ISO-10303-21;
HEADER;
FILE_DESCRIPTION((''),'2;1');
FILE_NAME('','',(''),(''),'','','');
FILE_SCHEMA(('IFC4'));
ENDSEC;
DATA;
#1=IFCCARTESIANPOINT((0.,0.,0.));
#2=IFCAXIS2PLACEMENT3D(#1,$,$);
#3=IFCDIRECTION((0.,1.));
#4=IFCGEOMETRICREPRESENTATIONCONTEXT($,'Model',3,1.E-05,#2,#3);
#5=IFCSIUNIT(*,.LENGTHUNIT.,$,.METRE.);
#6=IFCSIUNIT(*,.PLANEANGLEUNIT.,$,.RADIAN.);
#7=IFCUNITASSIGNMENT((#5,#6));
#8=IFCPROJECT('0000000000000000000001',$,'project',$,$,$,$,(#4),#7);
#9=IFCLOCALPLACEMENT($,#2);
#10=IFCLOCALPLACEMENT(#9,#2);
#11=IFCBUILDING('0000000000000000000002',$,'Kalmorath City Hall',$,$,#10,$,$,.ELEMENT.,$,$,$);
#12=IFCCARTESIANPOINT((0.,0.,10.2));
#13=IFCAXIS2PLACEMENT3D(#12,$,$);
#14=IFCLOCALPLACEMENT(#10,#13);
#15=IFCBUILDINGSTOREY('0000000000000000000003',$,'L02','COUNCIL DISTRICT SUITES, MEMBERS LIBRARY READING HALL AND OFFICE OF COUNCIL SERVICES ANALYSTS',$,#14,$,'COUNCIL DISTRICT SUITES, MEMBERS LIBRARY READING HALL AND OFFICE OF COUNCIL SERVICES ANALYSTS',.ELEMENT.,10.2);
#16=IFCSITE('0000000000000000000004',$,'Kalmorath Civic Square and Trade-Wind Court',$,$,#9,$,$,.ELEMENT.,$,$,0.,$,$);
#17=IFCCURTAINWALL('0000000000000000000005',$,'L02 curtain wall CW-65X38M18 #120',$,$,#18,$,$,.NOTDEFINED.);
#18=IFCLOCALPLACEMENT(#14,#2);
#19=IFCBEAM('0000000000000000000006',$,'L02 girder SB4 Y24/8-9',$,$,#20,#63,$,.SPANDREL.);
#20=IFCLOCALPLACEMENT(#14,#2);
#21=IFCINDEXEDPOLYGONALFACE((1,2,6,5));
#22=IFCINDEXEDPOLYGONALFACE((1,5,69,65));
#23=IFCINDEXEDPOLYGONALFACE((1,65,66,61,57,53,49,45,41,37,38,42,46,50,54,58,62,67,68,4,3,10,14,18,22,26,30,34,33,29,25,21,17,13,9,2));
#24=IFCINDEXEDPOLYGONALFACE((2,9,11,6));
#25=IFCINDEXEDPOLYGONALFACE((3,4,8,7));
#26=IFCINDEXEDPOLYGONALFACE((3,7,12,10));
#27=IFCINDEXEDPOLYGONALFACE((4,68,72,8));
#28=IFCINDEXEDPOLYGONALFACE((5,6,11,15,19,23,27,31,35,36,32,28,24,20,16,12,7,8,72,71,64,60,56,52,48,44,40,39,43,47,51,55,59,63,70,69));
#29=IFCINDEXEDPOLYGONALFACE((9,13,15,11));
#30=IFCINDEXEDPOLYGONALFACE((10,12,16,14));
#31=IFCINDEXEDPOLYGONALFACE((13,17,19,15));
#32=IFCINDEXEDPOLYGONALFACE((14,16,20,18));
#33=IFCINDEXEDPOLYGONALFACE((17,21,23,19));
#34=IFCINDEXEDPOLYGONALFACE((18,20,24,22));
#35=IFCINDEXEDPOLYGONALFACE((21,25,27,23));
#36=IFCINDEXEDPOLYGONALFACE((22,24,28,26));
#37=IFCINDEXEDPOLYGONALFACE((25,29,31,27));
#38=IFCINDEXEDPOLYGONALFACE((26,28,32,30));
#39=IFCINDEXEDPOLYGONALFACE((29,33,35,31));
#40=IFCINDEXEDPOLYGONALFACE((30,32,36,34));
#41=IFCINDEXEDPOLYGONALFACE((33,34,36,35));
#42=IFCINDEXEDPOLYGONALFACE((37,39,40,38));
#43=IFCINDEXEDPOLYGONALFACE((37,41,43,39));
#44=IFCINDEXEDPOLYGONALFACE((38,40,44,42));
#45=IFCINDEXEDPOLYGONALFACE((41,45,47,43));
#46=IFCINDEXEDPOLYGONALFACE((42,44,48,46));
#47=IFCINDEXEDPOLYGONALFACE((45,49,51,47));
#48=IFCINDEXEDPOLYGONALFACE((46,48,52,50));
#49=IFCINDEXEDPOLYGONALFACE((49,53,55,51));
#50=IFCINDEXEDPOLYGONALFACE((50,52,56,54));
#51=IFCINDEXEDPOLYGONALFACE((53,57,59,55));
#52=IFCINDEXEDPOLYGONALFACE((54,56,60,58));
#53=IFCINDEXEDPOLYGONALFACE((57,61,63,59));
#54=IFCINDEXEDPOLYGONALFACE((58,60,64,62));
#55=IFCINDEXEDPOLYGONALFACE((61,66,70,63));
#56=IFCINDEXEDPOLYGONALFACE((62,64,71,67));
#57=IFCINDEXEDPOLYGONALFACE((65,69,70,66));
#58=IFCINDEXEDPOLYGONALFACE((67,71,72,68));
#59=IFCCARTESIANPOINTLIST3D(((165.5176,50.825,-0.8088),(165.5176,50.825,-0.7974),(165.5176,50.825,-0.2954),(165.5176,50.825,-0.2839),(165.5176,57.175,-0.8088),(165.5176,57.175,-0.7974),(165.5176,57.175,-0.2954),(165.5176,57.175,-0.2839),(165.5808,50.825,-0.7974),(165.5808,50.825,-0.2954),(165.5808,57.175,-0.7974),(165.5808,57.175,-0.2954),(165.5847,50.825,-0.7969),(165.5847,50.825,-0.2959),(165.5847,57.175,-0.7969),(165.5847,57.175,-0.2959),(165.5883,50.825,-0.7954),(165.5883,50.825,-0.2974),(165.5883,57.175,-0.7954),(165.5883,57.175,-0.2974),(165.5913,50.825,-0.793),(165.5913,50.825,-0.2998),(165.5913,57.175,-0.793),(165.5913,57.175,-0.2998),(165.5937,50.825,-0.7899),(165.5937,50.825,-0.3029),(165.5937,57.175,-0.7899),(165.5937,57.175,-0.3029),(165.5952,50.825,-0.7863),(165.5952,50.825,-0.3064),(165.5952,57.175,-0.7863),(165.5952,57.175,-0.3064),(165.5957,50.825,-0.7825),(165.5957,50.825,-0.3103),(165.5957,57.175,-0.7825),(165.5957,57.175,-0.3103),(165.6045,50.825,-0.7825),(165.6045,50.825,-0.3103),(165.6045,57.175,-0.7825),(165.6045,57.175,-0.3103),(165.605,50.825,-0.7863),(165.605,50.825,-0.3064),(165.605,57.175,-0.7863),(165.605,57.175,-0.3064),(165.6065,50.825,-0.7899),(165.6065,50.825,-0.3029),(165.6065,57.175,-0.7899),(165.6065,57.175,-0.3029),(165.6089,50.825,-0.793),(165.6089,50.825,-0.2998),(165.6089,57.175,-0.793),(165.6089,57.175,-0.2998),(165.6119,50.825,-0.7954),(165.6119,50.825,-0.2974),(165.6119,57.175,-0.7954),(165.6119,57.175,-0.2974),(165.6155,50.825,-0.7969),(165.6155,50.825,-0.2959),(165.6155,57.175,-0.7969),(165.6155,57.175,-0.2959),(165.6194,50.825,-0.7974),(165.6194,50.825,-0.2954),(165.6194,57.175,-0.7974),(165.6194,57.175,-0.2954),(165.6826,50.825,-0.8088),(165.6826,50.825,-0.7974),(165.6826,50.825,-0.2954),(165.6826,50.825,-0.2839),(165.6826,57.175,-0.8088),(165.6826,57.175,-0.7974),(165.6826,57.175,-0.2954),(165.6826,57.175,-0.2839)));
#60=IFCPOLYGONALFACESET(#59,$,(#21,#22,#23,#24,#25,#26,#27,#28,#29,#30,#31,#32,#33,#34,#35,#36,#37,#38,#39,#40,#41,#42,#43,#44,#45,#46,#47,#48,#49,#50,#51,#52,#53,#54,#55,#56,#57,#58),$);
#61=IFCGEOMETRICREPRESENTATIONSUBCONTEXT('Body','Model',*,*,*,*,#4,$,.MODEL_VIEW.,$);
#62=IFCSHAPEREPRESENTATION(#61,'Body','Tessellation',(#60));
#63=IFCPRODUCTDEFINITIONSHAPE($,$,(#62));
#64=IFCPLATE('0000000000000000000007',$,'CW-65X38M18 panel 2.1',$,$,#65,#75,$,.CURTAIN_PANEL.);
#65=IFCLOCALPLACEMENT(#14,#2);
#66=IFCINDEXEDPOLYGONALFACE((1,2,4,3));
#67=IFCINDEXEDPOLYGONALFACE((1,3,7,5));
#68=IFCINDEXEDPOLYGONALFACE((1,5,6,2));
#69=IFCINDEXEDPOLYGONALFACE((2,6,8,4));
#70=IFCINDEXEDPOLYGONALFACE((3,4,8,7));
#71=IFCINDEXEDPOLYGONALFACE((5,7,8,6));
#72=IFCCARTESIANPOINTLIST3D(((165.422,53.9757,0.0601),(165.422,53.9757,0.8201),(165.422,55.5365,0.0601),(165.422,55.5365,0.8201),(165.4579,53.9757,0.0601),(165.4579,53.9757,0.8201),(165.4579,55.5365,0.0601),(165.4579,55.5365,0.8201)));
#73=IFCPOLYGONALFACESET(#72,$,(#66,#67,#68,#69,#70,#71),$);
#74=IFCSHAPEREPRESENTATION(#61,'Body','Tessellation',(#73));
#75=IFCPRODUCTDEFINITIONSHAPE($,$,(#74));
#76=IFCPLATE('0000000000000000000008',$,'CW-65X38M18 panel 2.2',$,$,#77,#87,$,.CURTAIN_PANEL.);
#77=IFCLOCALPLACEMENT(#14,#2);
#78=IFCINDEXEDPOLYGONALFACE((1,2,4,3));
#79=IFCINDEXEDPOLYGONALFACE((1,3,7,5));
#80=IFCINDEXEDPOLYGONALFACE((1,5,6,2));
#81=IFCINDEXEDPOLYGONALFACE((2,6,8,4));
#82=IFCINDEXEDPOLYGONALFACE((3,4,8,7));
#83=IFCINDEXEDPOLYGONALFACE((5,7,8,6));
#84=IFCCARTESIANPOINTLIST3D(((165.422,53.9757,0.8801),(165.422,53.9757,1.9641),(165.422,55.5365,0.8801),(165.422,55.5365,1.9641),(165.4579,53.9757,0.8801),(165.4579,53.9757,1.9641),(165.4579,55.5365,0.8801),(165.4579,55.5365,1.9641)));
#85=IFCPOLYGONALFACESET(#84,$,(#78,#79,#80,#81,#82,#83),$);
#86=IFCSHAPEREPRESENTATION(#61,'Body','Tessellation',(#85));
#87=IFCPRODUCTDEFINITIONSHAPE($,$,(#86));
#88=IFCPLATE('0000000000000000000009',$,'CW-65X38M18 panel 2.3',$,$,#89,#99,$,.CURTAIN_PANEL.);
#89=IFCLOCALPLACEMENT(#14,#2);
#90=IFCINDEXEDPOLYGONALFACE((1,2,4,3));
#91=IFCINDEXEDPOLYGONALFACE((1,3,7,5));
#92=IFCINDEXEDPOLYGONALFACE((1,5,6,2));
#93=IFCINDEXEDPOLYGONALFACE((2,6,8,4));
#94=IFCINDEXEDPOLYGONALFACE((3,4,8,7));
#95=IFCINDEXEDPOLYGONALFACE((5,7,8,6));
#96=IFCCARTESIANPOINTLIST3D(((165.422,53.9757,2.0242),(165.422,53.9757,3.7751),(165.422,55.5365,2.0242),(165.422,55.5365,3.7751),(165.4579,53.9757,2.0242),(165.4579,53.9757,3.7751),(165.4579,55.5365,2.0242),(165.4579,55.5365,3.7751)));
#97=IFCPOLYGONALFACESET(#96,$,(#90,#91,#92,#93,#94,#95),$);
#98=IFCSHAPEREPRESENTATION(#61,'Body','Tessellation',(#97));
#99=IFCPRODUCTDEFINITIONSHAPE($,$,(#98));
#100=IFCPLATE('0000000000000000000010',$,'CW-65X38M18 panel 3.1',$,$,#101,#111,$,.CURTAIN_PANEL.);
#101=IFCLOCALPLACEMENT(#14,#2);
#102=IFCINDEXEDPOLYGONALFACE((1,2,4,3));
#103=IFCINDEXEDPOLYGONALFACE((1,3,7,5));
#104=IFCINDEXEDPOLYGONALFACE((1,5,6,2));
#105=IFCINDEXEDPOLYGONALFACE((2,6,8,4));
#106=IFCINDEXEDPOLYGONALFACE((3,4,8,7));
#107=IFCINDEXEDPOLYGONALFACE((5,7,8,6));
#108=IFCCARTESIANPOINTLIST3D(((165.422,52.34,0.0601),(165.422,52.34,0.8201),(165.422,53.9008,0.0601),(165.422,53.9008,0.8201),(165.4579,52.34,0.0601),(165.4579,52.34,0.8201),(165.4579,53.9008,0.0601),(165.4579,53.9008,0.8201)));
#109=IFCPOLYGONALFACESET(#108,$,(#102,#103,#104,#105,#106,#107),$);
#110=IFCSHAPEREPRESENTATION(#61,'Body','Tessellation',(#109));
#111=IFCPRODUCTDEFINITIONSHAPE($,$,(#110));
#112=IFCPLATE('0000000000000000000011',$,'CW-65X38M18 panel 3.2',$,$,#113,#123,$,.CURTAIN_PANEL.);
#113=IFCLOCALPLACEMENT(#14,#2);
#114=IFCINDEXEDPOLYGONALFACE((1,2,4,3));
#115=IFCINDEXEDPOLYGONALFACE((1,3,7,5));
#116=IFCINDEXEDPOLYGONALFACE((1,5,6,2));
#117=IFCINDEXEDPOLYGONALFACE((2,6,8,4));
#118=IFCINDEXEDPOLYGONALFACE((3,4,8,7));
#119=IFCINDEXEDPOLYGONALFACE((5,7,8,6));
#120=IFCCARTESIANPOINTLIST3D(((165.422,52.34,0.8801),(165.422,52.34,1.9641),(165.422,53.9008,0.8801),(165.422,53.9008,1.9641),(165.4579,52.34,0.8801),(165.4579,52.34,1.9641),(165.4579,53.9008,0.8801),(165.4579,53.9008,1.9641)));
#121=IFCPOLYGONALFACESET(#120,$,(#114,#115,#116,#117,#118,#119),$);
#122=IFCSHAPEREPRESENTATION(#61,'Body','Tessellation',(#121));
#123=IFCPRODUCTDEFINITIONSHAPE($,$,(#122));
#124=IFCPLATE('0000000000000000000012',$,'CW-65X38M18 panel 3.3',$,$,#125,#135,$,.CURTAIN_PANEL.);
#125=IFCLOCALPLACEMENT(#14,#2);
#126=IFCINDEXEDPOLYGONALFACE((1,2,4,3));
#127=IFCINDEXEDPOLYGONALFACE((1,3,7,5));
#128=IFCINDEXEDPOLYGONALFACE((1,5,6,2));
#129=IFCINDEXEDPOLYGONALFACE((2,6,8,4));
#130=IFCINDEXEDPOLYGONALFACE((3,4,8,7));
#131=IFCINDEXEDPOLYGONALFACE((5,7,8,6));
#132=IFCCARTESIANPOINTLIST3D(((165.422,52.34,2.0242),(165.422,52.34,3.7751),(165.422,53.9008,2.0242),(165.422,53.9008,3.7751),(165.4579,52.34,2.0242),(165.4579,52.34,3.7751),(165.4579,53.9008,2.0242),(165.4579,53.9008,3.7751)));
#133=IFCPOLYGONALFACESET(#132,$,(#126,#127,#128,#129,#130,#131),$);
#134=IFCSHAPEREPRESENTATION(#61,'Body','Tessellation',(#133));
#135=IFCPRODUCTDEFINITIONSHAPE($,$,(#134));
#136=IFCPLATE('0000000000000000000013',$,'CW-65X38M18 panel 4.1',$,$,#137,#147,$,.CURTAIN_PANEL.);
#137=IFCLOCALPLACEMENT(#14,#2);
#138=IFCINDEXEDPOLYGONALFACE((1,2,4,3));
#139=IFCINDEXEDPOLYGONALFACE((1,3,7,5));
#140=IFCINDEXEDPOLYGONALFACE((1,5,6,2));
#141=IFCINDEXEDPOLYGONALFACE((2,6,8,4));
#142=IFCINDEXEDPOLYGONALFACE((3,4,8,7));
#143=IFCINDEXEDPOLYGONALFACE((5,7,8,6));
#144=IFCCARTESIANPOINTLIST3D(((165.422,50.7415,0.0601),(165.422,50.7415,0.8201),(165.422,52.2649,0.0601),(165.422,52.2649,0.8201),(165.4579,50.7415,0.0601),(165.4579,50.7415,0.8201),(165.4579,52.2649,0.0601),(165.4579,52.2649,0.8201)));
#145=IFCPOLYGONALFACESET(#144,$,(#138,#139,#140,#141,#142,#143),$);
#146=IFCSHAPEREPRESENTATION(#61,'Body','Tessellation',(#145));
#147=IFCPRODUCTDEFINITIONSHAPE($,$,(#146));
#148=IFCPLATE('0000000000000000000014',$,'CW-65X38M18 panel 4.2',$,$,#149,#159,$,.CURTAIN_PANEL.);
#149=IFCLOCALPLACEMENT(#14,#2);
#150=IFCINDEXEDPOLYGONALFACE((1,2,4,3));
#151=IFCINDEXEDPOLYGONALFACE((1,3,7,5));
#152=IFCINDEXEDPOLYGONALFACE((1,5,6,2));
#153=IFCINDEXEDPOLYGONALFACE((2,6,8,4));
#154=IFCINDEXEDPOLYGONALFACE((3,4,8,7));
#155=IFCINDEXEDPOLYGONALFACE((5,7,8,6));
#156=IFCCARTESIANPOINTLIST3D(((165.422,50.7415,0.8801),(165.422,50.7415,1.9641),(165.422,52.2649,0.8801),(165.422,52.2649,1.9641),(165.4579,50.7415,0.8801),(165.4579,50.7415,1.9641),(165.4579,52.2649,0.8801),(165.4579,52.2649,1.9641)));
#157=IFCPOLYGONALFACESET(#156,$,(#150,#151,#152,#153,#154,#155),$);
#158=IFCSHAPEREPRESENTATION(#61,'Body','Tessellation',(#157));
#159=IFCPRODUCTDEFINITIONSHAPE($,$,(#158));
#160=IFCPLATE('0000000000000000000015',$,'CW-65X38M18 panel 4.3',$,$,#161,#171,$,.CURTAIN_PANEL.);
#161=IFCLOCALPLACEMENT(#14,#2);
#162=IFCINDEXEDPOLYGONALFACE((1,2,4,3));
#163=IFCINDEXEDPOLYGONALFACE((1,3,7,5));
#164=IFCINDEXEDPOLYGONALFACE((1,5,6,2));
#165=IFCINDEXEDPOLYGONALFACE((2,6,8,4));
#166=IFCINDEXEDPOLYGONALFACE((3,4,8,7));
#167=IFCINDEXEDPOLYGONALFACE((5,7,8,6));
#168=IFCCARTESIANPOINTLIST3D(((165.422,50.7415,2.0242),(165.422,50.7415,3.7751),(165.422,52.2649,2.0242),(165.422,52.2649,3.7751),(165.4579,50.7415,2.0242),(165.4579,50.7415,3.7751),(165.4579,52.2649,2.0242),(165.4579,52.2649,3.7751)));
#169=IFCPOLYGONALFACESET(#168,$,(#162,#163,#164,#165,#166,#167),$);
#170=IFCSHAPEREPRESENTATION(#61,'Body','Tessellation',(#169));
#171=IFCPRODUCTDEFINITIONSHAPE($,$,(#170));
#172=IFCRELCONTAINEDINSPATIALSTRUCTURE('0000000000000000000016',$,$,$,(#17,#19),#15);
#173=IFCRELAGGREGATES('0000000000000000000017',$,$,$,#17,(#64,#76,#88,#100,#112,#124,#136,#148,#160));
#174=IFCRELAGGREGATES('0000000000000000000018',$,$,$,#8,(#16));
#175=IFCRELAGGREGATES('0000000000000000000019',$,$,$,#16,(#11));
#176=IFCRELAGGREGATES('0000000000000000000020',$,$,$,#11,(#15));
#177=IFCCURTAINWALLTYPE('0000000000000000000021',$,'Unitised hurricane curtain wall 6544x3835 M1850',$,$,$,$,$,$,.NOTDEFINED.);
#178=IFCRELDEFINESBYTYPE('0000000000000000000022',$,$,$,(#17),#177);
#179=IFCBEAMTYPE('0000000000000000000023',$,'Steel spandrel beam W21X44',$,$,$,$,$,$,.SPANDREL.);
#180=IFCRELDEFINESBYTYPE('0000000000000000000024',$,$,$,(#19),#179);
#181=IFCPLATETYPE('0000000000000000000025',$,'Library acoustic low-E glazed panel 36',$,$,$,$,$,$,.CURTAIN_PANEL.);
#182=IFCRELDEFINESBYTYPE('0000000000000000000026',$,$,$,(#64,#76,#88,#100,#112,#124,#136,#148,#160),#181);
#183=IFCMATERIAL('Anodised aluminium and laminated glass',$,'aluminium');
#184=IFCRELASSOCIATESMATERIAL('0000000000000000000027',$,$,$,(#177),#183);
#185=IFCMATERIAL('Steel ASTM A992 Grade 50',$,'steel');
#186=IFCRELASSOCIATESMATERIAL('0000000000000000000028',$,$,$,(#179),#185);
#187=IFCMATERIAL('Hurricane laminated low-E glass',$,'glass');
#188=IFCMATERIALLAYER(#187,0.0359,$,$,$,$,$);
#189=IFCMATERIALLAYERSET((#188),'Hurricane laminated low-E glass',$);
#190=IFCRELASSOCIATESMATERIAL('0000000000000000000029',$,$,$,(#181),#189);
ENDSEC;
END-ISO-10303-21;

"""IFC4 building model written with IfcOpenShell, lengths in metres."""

from ifc_helpers import new_model, si_unit, direction, frame, origin, origin_2d, place, context, subcontext, project, spatial, rectangle, i_section, extrude, material, layer, layer_set, material_profile, profile_set, type_object, element, aggregate, save


model = new_model("IFC4")

# Units and contexts
model_context = context("Model", 3, precision=1e-05, world=origin(), true_north=direction((0.0, 1.0)))
body_context = subcontext(model_context, "Body", "Model", "MODEL_VIEW")
ifc_project = project(units=[si_unit("LENGTHUNIT", "METRE"), si_unit("PLANEANGLEUNIT", "RADIAN")], contexts=[model_context])

# Site, building, storey
site_placement = place(None, origin())
site = spatial("IfcSite", under=ifc_project, at=site_placement, Name="Kalmorath Civic Square and Trade-Wind Court", CompositionType="ELEMENT", RefElevation=0.0)
building_placement = place(site_placement, origin())
building = spatial("IfcBuilding", under=site, at=building_placement, Name="Kalmorath City Hall", CompositionType="ELEMENT")
storey_placement = place(building_placement, frame((0.0, 0.0, 10.2)))
storey = spatial("IfcBuildingStorey", under=building, at=storey_placement, Name="L02", Description="COUNCIL DISTRICT SUITES, MEMBERS LIBRARY READING HALL AND OFFICE OF COUNCIL SERVICES ANALYSTS", LongName="COUNCIL DISTRICT SUITES, MEMBERS LIBRARY READING HALL AND OFFICE OF COUNCIL SERVICES ANALYSTS", CompositionType="ELEMENT", Elevation=10.2)

# Curtain wall
ifc_material_1 = material(Name="Anodised aluminium and laminated glass", Category="aluminium")
curtain_wall_type = type_object("IfcCurtainWallType", Name="Unitised hurricane curtain wall 6544x3835 M1850", PredefinedType="NOTDEFINED", material=ifc_material_1)
curtain_wall_placement = place(storey_placement, origin())
curtain_wall = element("IfcCurtainWall", 1, at=curtain_wall_placement, inside=storey, type_object=curtain_wall_type, Name="L02 curtain wall CW-65X38M18 #120", PredefinedType="NOTDEFINED")

# Beam
ifc_material_2 = material(Name="Steel ASTM A992 Grade 50", Category="steel")
ifc_material_profile_1 = material_profile(ifc_material_2, i_section(OverallWidth=0.165, OverallDepth=0.5249, WebThickness=0.0088, FlangeThickness=0.0115, FilletRadius=0.0149, at=origin_2d()), Name="W21X44")
ifc_profile_set_1 = profile_set([ifc_material_profile_1], Name="Steel ASTM A992 Grade 50")
beam_type_1 = type_object("IfcBeamType", Name="Steel spandrel beam W21X44", PredefinedType="SPANDREL", material=ifc_profile_set_1)
beam_placement = place(storey_placement, frame((165.6001, 50.825, -0.5464), z_axis=(0.0, 1.0, 0.0), x_axis=(-1.0, 0.0, 0.0)))
element("IfcBeam", 2, at=beam_placement, inside=storey, type_object=beam_type_1, Name="L02 girder SB4 Y24/8-9", PredefinedType="SPANDREL", context=body_context, shape_type="SweptSolid", body=[
    extrude(i_section(OverallWidth=0.165, OverallDepth=0.5249, WebThickness=0.0088, FlangeThickness=0.0115, FilletRadius=0.0149, at=origin_2d()), origin(), (0.0, 0.0, 1.0), 6.3501),
])

# Plates
ifc_material_3 = material(Name="Hurricane laminated low-E glass", Category="glass")
ifc_layer_1 = layer(ifc_material_3, 0.0359)
ifc_layer_set_1 = layer_set([ifc_layer_1], Name="Hurricane laminated low-E glass")
plate_type = type_object("IfcPlateType", Name="Library acoustic low-E glazed panel 36", PredefinedType="CURTAIN_PANEL", material=ifc_layer_set_1)
plate_1_placement = place(storey_placement, frame((165.4399, 54.7561, 0.0601), z_axis=(0.0, 0.0, 1.0), x_axis=(0.0, -1.0, 0.0)))
plate_1 = element("IfcPlate", 3, at=plate_1_placement, type_object=plate_type, Name="CW-65X38M18 panel 2.1", PredefinedType="CURTAIN_PANEL", context=body_context, shape_type="SweptSolid", body=[
    extrude(rectangle(XDim=1.5608, YDim=0.0359, at=origin_2d()), origin(), (0.0, 0.0, 1.0), 0.76),
])
plate_2_placement = place(storey_placement, frame((165.4399, 54.7561, 0.8801), z_axis=(0.0, 0.0, 1.0), x_axis=(0.0, -1.0, 0.0)))
plate_2 = element("IfcPlate", 4, at=plate_2_placement, type_object=plate_type, Name="CW-65X38M18 panel 2.2", PredefinedType="CURTAIN_PANEL", context=body_context, shape_type="SweptSolid", body=[
    extrude(rectangle(XDim=1.5608, YDim=0.0359, at=origin_2d()), origin(), (0.0, 0.0, 1.0), 1.084),
])
plate_3_placement = place(storey_placement, frame((165.4399, 54.7561, 2.0242), z_axis=(0.0, 0.0, 1.0), x_axis=(0.0, -1.0, 0.0)))
plate_3 = element("IfcPlate", 5, at=plate_3_placement, type_object=plate_type, Name="CW-65X38M18 panel 2.3", PredefinedType="CURTAIN_PANEL", context=body_context, shape_type="SweptSolid", body=[
    extrude(rectangle(XDim=1.5608, YDim=0.0359, at=origin_2d()), origin(), (0.0, 0.0, 1.0), 1.751),
])
plate_4_placement = place(storey_placement, frame((165.4399, 53.1204, 0.0601), z_axis=(0.0, 0.0, 1.0), x_axis=(0.0, -1.0, 0.0)))
plate_4 = element("IfcPlate", 6, at=plate_4_placement, type_object=plate_type, Name="CW-65X38M18 panel 3.1", PredefinedType="CURTAIN_PANEL", context=body_context, shape_type="SweptSolid", body=[
    extrude(rectangle(XDim=1.5608, YDim=0.0359, at=origin_2d()), origin(), (0.0, 0.0, 1.0), 0.76),
])
plate_5_placement = place(storey_placement, frame((165.4399, 53.1204, 0.8801), z_axis=(0.0, 0.0, 1.0), x_axis=(0.0, -1.0, 0.0)))
plate_5 = element("IfcPlate", 7, at=plate_5_placement, type_object=plate_type, Name="CW-65X38M18 panel 3.2", PredefinedType="CURTAIN_PANEL", context=body_context, shape_type="SweptSolid", body=[
    extrude(rectangle(XDim=1.5608, YDim=0.0359, at=origin_2d()), origin(), (0.0, 0.0, 1.0), 1.084),
])
plate_6_placement = place(storey_placement, frame((165.4399, 53.1204, 2.0242), z_axis=(0.0, 0.0, 1.0), x_axis=(0.0, -1.0, 0.0)))
plate_6 = element("IfcPlate", 8, at=plate_6_placement, type_object=plate_type, Name="CW-65X38M18 panel 3.3", PredefinedType="CURTAIN_PANEL", context=body_context, shape_type="SweptSolid", body=[
    extrude(rectangle(XDim=1.5608, YDim=0.0359, at=origin_2d()), origin(), (0.0, 0.0, 1.0), 1.751),
])
plate_7_placement = place(storey_placement, frame((165.4399, 51.5032, 0.0601), z_axis=(0.0, 0.0, 1.0), x_axis=(0.0, -1.0, 0.0)))
plate_7 = element("IfcPlate", 9, at=plate_7_placement, type_object=plate_type, Name="CW-65X38M18 panel 4.1", PredefinedType="CURTAIN_PANEL", context=body_context, shape_type="SweptSolid", body=[
    extrude(rectangle(XDim=1.5234, YDim=0.0359, at=origin_2d()), origin(), (0.0, 0.0, 1.0), 0.76),
])
plate_8_placement = place(storey_placement, frame((165.4399, 51.5032, 0.8801), z_axis=(0.0, 0.0, 1.0), x_axis=(0.0, -1.0, 0.0)))
plate_8 = element("IfcPlate", 10, at=plate_8_placement, type_object=plate_type, Name="CW-65X38M18 panel 4.2", PredefinedType="CURTAIN_PANEL", context=body_context, shape_type="SweptSolid", body=[
    extrude(rectangle(XDim=1.5234, YDim=0.0359, at=origin_2d()), origin(), (0.0, 0.0, 1.0), 1.084),
])
plate_9_placement = place(storey_placement, frame((165.4399, 51.5032, 2.0242), z_axis=(0.0, 0.0, 1.0), x_axis=(0.0, -1.0, 0.0)))
plate_9 = element("IfcPlate", 11, at=plate_9_placement, type_object=plate_type, Name="CW-65X38M18 panel 4.3", PredefinedType="CURTAIN_PANEL", context=body_context, shape_type="SweptSolid", body=[
    extrude(rectangle(XDim=1.5234, YDim=0.0359, at=origin_2d()), origin(), (0.0, 0.0, 1.0), 1.751),
])
aggregate(curtain_wall, [plate_1, plate_2, plate_3, plate_4, plate_5, plate_6, plate_7, plate_8, plate_9])

save(model, "model.ifc")
